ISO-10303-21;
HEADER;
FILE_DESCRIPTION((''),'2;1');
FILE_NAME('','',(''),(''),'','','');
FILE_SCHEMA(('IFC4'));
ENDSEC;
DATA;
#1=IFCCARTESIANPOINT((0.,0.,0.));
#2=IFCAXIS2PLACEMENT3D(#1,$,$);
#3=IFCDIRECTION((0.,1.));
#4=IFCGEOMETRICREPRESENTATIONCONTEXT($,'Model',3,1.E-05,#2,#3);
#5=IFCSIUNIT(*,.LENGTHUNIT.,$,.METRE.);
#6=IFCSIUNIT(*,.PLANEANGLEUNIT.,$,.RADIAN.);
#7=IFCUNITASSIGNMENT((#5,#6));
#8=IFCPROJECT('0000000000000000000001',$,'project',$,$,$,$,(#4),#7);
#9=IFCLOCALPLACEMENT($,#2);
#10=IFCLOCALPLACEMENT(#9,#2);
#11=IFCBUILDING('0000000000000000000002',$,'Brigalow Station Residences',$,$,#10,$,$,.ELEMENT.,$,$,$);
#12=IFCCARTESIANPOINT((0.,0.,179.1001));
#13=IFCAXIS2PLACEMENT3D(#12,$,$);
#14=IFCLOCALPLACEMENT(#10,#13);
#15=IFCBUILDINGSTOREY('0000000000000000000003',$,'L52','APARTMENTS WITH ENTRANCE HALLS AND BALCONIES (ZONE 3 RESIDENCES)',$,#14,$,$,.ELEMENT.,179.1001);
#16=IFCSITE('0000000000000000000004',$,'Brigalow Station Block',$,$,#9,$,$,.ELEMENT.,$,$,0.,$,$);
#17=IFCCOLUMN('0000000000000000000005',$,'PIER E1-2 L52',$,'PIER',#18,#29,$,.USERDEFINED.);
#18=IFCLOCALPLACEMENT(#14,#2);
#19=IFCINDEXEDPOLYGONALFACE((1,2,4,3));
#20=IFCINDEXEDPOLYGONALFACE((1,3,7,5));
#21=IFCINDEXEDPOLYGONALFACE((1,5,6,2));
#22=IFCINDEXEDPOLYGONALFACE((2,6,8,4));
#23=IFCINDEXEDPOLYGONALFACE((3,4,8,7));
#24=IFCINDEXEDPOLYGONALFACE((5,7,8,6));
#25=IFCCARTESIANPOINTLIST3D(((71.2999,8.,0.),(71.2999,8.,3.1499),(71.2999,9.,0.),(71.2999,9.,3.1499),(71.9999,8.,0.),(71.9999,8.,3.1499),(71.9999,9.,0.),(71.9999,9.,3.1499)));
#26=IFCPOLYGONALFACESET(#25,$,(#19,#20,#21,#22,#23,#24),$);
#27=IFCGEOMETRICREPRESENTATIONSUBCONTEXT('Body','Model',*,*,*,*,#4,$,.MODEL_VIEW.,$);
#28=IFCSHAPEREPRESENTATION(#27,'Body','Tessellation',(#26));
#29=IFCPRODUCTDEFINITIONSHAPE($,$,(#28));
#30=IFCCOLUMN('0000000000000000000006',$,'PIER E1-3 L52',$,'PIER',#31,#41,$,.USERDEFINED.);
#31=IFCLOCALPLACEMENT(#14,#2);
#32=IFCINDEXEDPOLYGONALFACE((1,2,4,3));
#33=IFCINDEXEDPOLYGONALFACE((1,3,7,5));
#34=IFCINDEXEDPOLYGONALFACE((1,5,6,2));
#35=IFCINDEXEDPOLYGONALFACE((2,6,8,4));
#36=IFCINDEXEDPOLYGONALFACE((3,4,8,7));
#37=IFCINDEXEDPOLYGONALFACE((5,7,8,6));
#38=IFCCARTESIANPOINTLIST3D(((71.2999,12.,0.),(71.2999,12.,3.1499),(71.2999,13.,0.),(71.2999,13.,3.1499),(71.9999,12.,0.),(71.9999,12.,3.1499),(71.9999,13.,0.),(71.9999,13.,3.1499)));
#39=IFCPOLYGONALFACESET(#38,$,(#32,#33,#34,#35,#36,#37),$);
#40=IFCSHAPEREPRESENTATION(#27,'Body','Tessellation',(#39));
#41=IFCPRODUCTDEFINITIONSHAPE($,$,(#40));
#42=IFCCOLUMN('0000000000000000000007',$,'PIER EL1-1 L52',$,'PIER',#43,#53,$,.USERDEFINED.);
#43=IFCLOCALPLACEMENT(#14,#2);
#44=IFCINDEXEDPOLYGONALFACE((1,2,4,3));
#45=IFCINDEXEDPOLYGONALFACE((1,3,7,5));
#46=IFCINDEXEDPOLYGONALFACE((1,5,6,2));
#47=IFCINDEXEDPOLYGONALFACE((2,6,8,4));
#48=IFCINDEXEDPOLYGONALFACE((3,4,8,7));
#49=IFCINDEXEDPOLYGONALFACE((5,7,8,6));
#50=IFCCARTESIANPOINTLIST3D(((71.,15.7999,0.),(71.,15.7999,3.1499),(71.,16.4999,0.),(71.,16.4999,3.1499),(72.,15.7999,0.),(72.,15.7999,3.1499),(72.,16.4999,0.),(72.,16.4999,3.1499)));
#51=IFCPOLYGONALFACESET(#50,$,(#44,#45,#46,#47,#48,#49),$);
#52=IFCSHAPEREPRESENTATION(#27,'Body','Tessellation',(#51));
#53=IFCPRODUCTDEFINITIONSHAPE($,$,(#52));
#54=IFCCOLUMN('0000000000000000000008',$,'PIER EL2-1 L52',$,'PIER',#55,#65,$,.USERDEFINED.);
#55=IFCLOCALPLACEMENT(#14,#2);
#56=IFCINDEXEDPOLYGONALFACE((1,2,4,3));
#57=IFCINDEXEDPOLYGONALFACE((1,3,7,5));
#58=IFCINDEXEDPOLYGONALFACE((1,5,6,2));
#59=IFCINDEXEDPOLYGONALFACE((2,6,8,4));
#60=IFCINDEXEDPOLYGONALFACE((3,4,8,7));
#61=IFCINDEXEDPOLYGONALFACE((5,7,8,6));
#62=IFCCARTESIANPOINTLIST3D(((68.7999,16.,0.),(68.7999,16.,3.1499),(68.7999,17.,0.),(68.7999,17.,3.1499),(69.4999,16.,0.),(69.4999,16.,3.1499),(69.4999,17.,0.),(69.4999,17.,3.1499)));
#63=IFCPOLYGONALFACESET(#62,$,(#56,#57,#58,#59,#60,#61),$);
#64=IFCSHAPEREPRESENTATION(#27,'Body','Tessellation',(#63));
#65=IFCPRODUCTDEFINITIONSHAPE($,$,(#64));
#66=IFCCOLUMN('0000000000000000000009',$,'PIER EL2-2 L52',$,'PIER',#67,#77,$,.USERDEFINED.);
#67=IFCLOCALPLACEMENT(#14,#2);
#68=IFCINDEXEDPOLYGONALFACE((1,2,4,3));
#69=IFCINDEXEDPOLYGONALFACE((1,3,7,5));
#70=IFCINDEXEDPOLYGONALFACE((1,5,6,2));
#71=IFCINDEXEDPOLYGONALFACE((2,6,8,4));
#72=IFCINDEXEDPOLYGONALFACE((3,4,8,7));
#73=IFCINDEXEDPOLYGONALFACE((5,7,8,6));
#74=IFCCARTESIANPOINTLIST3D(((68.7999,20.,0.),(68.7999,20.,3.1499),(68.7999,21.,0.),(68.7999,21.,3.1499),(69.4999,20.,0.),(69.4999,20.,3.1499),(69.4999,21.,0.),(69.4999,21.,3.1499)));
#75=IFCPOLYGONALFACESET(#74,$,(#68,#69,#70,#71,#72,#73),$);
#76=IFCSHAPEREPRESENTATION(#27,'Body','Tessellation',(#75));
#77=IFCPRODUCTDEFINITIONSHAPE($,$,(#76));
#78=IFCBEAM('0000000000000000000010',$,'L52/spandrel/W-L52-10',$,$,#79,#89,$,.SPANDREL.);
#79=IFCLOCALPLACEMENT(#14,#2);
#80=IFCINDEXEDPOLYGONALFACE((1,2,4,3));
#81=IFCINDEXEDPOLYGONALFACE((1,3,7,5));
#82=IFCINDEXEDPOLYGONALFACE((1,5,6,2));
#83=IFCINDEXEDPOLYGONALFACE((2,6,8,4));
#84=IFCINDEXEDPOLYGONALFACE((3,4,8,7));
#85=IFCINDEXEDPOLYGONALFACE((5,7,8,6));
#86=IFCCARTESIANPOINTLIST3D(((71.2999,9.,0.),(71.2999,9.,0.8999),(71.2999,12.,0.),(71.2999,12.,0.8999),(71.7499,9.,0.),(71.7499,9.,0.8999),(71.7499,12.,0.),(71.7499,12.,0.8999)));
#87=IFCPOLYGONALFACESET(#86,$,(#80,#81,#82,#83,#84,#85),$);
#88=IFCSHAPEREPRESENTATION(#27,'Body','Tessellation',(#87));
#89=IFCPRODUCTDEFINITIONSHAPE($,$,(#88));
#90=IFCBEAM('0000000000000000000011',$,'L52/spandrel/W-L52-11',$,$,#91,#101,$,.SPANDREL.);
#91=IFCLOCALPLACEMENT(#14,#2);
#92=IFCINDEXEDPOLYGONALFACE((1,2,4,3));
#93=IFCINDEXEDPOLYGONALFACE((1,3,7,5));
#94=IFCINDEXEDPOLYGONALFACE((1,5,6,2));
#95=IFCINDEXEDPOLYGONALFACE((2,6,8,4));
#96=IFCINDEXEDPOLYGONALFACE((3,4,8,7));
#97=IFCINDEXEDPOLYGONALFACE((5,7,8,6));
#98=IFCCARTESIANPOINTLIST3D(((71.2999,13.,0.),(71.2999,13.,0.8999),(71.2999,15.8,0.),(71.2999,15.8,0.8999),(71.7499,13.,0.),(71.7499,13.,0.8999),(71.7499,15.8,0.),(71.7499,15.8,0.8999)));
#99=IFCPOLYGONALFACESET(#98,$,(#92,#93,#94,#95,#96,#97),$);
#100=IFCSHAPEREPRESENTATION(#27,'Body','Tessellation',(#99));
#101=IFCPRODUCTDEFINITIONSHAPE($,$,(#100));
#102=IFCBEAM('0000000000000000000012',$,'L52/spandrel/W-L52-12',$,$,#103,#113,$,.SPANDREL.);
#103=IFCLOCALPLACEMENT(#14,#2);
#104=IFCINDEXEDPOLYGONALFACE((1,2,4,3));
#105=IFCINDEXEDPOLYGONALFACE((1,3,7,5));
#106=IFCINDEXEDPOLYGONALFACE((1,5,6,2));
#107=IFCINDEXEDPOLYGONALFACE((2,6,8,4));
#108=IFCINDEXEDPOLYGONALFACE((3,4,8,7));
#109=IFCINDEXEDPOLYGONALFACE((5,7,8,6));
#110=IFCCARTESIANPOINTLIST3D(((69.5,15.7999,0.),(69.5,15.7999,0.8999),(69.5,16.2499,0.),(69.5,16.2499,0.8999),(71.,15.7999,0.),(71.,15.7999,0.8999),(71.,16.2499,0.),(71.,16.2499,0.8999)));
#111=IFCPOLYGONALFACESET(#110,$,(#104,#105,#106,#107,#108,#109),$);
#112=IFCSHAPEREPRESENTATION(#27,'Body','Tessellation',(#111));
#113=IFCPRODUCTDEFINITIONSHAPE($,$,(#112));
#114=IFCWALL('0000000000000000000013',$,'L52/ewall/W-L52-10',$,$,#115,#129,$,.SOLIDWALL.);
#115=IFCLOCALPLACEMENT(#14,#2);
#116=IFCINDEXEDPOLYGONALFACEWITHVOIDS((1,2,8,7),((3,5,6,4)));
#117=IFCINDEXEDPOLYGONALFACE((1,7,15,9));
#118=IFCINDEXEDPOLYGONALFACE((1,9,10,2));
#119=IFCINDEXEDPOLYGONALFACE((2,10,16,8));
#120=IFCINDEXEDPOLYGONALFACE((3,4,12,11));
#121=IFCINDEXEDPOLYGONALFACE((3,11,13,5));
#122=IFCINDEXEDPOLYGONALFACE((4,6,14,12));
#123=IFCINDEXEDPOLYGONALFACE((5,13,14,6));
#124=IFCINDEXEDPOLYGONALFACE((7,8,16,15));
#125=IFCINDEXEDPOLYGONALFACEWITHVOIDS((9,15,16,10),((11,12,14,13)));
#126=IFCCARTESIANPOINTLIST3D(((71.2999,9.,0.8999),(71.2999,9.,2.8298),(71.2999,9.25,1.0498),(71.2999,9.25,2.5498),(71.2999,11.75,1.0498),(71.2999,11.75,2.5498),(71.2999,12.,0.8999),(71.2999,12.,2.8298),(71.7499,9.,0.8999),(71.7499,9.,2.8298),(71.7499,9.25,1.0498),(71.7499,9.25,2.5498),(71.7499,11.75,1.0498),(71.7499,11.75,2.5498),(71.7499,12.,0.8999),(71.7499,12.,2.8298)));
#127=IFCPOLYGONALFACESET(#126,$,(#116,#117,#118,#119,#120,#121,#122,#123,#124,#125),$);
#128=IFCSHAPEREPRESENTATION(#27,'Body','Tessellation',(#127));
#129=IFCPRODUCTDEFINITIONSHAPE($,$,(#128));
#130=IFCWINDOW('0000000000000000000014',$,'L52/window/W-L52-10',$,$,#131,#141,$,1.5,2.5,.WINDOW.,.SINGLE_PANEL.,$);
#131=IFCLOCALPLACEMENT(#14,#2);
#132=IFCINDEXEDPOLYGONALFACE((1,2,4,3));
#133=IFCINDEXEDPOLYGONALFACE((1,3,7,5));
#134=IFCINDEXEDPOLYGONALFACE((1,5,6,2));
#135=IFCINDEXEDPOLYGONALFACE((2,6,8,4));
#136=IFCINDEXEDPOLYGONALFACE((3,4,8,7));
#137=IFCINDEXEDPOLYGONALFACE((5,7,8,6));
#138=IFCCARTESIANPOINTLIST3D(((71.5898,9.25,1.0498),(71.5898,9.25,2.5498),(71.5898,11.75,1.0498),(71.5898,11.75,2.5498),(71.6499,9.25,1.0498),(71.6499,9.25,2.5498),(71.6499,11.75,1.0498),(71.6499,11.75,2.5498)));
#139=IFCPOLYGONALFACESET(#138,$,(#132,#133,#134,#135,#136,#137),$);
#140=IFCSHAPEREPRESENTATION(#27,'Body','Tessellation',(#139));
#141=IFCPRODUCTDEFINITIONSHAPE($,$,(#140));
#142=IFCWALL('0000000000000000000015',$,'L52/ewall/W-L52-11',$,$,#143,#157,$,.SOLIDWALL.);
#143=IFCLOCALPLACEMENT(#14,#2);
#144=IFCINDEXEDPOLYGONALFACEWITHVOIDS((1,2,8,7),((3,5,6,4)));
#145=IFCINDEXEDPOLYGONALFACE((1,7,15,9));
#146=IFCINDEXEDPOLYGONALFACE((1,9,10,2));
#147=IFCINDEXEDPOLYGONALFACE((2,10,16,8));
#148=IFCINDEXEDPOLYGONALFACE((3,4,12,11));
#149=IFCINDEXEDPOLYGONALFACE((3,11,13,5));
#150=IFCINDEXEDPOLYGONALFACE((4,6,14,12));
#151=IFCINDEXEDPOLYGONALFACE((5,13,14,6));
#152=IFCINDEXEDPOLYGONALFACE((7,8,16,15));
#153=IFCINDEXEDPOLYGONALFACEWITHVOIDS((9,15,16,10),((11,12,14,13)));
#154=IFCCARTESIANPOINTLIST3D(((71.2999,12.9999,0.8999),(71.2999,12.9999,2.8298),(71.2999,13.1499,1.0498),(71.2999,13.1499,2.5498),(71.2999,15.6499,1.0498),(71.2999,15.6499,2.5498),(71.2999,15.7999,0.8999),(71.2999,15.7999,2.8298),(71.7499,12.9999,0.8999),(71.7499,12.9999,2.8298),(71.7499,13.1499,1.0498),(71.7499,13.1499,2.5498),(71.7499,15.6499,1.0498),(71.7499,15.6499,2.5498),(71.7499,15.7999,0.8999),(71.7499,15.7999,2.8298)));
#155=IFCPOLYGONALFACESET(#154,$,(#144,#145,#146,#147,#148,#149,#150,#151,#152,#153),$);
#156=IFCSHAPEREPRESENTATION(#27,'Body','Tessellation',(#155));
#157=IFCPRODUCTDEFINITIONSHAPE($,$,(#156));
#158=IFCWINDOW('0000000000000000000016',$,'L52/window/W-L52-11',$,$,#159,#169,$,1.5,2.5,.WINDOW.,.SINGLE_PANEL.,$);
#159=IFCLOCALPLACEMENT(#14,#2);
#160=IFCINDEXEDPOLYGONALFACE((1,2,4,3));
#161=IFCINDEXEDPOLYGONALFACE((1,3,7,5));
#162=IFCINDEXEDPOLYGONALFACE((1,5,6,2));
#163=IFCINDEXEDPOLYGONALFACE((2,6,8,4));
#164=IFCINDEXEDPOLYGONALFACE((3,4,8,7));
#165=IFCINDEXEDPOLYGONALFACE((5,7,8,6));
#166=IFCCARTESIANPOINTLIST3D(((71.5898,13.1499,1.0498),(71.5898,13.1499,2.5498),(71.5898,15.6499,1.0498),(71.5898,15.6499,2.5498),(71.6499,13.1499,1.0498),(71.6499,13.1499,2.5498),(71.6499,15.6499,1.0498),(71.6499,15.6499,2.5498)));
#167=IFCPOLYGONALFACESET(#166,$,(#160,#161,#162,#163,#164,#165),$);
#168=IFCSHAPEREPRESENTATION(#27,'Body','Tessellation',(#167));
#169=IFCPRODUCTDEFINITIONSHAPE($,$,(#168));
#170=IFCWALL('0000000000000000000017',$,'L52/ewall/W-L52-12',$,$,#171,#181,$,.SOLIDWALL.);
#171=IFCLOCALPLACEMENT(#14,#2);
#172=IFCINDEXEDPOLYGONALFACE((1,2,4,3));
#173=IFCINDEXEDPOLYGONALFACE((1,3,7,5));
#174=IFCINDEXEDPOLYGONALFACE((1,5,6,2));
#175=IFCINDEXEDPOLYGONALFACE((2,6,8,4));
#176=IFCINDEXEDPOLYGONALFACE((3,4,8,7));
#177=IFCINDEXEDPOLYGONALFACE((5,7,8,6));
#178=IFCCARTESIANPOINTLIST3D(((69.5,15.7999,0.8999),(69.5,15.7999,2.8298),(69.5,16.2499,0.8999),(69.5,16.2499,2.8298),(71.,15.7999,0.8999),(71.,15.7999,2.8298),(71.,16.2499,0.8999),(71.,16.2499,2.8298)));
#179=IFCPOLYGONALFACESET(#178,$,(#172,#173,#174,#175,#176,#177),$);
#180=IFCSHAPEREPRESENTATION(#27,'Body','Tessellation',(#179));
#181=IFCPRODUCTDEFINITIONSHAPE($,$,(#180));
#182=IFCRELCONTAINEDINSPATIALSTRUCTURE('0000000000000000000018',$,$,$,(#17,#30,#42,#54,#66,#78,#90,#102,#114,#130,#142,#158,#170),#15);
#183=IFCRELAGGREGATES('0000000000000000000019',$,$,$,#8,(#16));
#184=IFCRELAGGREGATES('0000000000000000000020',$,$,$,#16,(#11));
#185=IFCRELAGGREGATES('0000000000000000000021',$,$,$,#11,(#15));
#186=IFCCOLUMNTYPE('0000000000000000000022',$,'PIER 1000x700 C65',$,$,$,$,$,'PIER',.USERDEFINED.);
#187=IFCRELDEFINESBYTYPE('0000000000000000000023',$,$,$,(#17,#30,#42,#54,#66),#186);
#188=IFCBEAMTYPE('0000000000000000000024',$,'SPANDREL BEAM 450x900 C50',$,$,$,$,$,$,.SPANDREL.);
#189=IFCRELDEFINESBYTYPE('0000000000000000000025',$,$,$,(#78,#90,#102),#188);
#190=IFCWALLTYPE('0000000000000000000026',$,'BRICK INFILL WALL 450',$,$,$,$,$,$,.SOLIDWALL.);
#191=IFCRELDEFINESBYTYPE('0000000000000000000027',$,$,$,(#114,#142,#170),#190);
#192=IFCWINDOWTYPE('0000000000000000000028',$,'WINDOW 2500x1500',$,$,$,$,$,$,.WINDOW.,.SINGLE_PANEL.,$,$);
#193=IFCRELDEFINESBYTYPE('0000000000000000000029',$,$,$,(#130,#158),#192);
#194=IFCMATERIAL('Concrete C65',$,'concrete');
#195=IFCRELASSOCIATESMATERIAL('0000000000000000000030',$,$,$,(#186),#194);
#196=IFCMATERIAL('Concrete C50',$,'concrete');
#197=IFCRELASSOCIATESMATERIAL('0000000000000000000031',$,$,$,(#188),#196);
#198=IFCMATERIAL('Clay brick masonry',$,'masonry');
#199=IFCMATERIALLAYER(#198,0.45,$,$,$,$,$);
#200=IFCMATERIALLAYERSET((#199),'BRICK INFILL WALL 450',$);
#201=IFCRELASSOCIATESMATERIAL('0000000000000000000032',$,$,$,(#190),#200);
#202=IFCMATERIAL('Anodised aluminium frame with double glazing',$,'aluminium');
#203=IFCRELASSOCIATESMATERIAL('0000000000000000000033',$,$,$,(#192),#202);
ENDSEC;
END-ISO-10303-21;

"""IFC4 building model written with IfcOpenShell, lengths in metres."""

from ifc_helpers import new_model, si_unit, direction, frame, frame_2d, origin, origin_2d, place, context, subcontext, project, spatial, rectangle, extrude, material, layer, layer_set, material_profile, profile_set, type_object, element, fill, save


model = new_model("IFC4")

# Units and contexts
model_context = context("Model", 3, precision=1e-05, world=origin(), true_north=direction((0.0, 1.0)))
body_context = subcontext(model_context, "Body", "Model", "MODEL_VIEW")
ifc_project = project(units=[si_unit("LENGTHUNIT", "METRE"), si_unit("PLANEANGLEUNIT", "RADIAN")], contexts=[model_context])

# Site, building, storey
site_placement = place(None, origin())
site = spatial("IfcSite", under=ifc_project, at=site_placement, Name="Brigalow Station Block", CompositionType="ELEMENT", RefElevation=0.0)
building_placement = place(site_placement, origin())
building = spatial("IfcBuilding", under=site, at=building_placement, Name="Brigalow Station Residences", CompositionType="ELEMENT")
storey_placement = place(building_placement, frame((0.0, 0.0, 179.1001)))
storey = spatial("IfcBuildingStorey", under=building, at=storey_placement, Name="L52", Description="APARTMENTS WITH ENTRANCE HALLS AND BALCONIES (ZONE 3 RESIDENCES)", CompositionType="ELEMENT", Elevation=179.1001)

# Columns
ifc_material_1 = material(Name="Concrete C65", Category="concrete")
ifc_material_profile_1 = material_profile(ifc_material_1, rectangle(XDim=1.0, YDim=0.7, at=origin_2d()), Name="RC1000x700")
ifc_profile_set_1 = profile_set([ifc_material_profile_1], Name="Concrete C65")
column_type = type_object("IfcColumnType", Name="PIER 1000x700 C65", ElementType="PIER", PredefinedType="USERDEFINED", material=ifc_profile_set_1)
for number, where, z_axis, x_axis, name in (
    (1, (71.6499, 8.5, 0.0), (0.0, 0.0, 1.0), (0.0, 1.0, 0.0), "PIER E1-2 L52"),
    (2, (71.6499, 12.5, 0.0), (0.0, 0.0, 1.0), (0.0, 1.0, 0.0), "PIER E1-3 L52"),
    (3, (71.5, 16.1499, 0.0), (0.0, 0.0, 1.0), (-1.0, 0.0, 0.0), "PIER EL1-1 L52"),
    (4, (69.1499, 16.5, 0.0), (0.0, 0.0, 1.0), (0.0, 1.0, 0.0), "PIER EL2-1 L52"),
    (5, (69.1499, 20.5, 0.0), (0.0, 0.0, 1.0), (0.0, 1.0, 0.0), "PIER EL2-2 L52"),
):
    element("IfcColumn", number, at=place(storey_placement, frame(where, z_axis=z_axis, x_axis=x_axis)), inside=storey, type_object=column_type, Name=name, ObjectType="PIER", PredefinedType="USERDEFINED", context=body_context, shape_type="SweptSolid", body=[
        extrude(rectangle(XDim=1.0, YDim=0.7, at=origin_2d()), origin(), (0.0, 0.0, 1.0), 3.1499),
    ])

# Beams
ifc_material_2 = material(Name="Concrete C50", Category="concrete")
ifc_material_profile_2 = material_profile(ifc_material_2, rectangle(XDim=0.45, YDim=0.8999, at=origin_2d()), Name="RC450x900")
ifc_profile_set_2 = profile_set([ifc_material_profile_2], Name="Concrete C50")
beam_type = type_object("IfcBeamType", Name="SPANDREL BEAM 450x900 C50", PredefinedType="SPANDREL", material=ifc_profile_set_2)
beam_1_placement = place(storey_placement, frame((71.5249, 9.0, 0.45), z_axis=(0.0, 1.0, 0.0), x_axis=(-1.0, 0.0, 0.0)))
element("IfcBeam", 6, at=beam_1_placement, inside=storey, type_object=beam_type, Name="L52/spandrel/W-L52-10", PredefinedType="SPANDREL", context=body_context, shape_type="SweptSolid", body=[
    extrude(rectangle(XDim=0.45, YDim=0.8999, at=origin_2d()), origin(), (0.0, 0.0, 1.0), 3.0),
])
beam_2_placement = place(storey_placement, frame((71.5249, 13.0, 0.45), z_axis=(0.0, 1.0, 0.0), x_axis=(-1.0, 0.0, 0.0)))
element("IfcBeam", 7, at=beam_2_placement, inside=storey, type_object=beam_type, Name="L52/spandrel/W-L52-11", PredefinedType="SPANDREL", context=body_context, shape_type="SweptSolid", body=[
    extrude(rectangle(XDim=0.45, YDim=0.8999, at=origin_2d()), origin(), (0.0, 0.0, 1.0), 2.8),
])
beam_3_placement = place(storey_placement, frame((71.0, 16.0249, 0.45), z_axis=(-1.0, 0.0, 0.0), x_axis=(0.0, -1.0, 0.0)))
element("IfcBeam", 8, at=beam_3_placement, inside=storey, type_object=beam_type, Name="L52/spandrel/W-L52-12", PredefinedType="SPANDREL", context=body_context, shape_type="SweptSolid", body=[
    extrude(rectangle(XDim=0.45, YDim=0.8999, at=origin_2d()), origin(), (0.0, 0.0, 1.0), 1.5),
])

# Walls, openings, windows
ifc_material_3 = material(Name="Clay brick masonry", Category="masonry")
ifc_layer = layer(ifc_material_3, 0.45)
ifc_layer_set = layer_set([ifc_layer], Name="BRICK INFILL WALL 450")
wall_type = type_object("IfcWallType", Name="BRICK INFILL WALL 450", PredefinedType="SOLIDWALL", material=ifc_layer_set)
wall_1_placement = place(storey_placement, frame((71.5249, 9.0, 0.8999), z_axis=(0.0, 0.0, 1.0), x_axis=(0.0, 1.0, 0.0)))
wall_1 = element("IfcWall", 9, at=wall_1_placement, inside=storey, type_object=wall_type, Name="L52/ewall/W-L52-10", PredefinedType="SOLIDWALL", context=body_context, shape_type="SweptSolid", body=[
    extrude(rectangle(XDim=3.0, YDim=0.45, at=frame_2d((1.5, 0.0))), origin(), (0.0, 0.0, 1.0), 1.9299),
])
opening_1_placement = place(wall_1_placement, frame((0.25, 0.0, 0.1499)))
opening_1 = element("IfcOpeningElement", 10, at=opening_1_placement, cuts=wall_1, PredefinedType="OPENING", context=body_context, shape_type="SweptSolid", body=[
    extrude(rectangle(XDim=2.5, YDim=1.5, at=frame_2d((1.25, 0.75))), frame((0.0, 0.2349, 0.0), z_axis=(0.0, -1.0, 0.0), x_axis=(1.0, 0.0, 0.0)), (0.0, 0.0, 1.0), 0.47),
])
ifc_material_4 = material(Name="Anodised aluminium frame with double glazing", Category="aluminium")
window_type = type_object("IfcWindowType", Name="WINDOW 2500x1500", PartitioningType="SINGLE_PANEL", PredefinedType="WINDOW", material=ifc_material_4)
window_1_placement = place(opening_1_placement, origin())
window_1 = element("IfcWindow", 11, at=window_1_placement, inside=storey, type_object=window_type, Name="L52/window/W-L52-10", OverallHeight=1.5, OverallWidth=2.5, PartitioningType="SINGLE_PANEL", PredefinedType="WINDOW", context=body_context, shape_type="SweptSolid", body=[
    extrude(rectangle(XDim=2.5, YDim=1.5, at=frame_2d((1.25, 0.75))), frame((0.0, -0.0649, 0.0), z_axis=(0.0, -1.0, 0.0), x_axis=(1.0, 0.0, 0.0)), (0.0, 0.0, 1.0), 0.0601),
])
fill(opening_1, window_1)
wall_2_placement = place(storey_placement, frame((71.5249, 13.0, 0.8999), z_axis=(0.0, 0.0, 1.0), x_axis=(0.0, 1.0, 0.0)))
wall_2 = element("IfcWall", 12, at=wall_2_placement, inside=storey, type_object=wall_type, Name="L52/ewall/W-L52-11", PredefinedType="SOLIDWALL", context=body_context, shape_type="SweptSolid", body=[
    extrude(rectangle(XDim=2.8, YDim=0.45, at=frame_2d((1.3999, 0.0))), origin(), (0.0, 0.0, 1.0), 1.9299),
])
opening_2_placement = place(wall_2_placement, frame((0.1499, 0.0, 0.1499)))
opening_2 = element("IfcOpeningElement", 13, at=opening_2_placement, cuts=wall_2, PredefinedType="OPENING", context=body_context, shape_type="SweptSolid", body=[
    extrude(rectangle(XDim=2.5, YDim=1.5, at=frame_2d((1.25, 0.75))), frame((0.0, 0.2349, 0.0), z_axis=(0.0, -1.0, 0.0), x_axis=(1.0, 0.0, 0.0)), (0.0, 0.0, 1.0), 0.47),
])
window_2_placement = place(opening_2_placement, origin())
window_2 = element("IfcWindow", 14, at=window_2_placement, inside=storey, type_object=window_type, Name="L52/window/W-L52-11", OverallHeight=1.5, OverallWidth=2.5, PartitioningType="SINGLE_PANEL", PredefinedType="WINDOW", context=body_context, shape_type="SweptSolid", body=[
    extrude(rectangle(XDim=2.5, YDim=1.5, at=frame_2d((1.25, 0.75))), frame((0.0, -0.0649, 0.0), z_axis=(0.0, -1.0, 0.0), x_axis=(1.0, 0.0, 0.0)), (0.0, 0.0, 1.0), 0.0601),
])
fill(opening_2, window_2)

# Wall
wall_3_placement = place(storey_placement, frame((71.0, 16.0249, 0.8999), z_axis=(0.0, 0.0, 1.0), x_axis=(-1.0, 0.0, 0.0)))
element("IfcWall", 15, at=wall_3_placement, inside=storey, type_object=wall_type, Name="L52/ewall/W-L52-12", PredefinedType="SOLIDWALL", context=body_context, shape_type="SweptSolid", body=[
    extrude(rectangle(XDim=1.5, YDim=0.45, at=frame_2d((0.75, 0.0))), origin(), (0.0, 0.0, 1.0), 1.9299),
])

save(model, "model.ifc")
